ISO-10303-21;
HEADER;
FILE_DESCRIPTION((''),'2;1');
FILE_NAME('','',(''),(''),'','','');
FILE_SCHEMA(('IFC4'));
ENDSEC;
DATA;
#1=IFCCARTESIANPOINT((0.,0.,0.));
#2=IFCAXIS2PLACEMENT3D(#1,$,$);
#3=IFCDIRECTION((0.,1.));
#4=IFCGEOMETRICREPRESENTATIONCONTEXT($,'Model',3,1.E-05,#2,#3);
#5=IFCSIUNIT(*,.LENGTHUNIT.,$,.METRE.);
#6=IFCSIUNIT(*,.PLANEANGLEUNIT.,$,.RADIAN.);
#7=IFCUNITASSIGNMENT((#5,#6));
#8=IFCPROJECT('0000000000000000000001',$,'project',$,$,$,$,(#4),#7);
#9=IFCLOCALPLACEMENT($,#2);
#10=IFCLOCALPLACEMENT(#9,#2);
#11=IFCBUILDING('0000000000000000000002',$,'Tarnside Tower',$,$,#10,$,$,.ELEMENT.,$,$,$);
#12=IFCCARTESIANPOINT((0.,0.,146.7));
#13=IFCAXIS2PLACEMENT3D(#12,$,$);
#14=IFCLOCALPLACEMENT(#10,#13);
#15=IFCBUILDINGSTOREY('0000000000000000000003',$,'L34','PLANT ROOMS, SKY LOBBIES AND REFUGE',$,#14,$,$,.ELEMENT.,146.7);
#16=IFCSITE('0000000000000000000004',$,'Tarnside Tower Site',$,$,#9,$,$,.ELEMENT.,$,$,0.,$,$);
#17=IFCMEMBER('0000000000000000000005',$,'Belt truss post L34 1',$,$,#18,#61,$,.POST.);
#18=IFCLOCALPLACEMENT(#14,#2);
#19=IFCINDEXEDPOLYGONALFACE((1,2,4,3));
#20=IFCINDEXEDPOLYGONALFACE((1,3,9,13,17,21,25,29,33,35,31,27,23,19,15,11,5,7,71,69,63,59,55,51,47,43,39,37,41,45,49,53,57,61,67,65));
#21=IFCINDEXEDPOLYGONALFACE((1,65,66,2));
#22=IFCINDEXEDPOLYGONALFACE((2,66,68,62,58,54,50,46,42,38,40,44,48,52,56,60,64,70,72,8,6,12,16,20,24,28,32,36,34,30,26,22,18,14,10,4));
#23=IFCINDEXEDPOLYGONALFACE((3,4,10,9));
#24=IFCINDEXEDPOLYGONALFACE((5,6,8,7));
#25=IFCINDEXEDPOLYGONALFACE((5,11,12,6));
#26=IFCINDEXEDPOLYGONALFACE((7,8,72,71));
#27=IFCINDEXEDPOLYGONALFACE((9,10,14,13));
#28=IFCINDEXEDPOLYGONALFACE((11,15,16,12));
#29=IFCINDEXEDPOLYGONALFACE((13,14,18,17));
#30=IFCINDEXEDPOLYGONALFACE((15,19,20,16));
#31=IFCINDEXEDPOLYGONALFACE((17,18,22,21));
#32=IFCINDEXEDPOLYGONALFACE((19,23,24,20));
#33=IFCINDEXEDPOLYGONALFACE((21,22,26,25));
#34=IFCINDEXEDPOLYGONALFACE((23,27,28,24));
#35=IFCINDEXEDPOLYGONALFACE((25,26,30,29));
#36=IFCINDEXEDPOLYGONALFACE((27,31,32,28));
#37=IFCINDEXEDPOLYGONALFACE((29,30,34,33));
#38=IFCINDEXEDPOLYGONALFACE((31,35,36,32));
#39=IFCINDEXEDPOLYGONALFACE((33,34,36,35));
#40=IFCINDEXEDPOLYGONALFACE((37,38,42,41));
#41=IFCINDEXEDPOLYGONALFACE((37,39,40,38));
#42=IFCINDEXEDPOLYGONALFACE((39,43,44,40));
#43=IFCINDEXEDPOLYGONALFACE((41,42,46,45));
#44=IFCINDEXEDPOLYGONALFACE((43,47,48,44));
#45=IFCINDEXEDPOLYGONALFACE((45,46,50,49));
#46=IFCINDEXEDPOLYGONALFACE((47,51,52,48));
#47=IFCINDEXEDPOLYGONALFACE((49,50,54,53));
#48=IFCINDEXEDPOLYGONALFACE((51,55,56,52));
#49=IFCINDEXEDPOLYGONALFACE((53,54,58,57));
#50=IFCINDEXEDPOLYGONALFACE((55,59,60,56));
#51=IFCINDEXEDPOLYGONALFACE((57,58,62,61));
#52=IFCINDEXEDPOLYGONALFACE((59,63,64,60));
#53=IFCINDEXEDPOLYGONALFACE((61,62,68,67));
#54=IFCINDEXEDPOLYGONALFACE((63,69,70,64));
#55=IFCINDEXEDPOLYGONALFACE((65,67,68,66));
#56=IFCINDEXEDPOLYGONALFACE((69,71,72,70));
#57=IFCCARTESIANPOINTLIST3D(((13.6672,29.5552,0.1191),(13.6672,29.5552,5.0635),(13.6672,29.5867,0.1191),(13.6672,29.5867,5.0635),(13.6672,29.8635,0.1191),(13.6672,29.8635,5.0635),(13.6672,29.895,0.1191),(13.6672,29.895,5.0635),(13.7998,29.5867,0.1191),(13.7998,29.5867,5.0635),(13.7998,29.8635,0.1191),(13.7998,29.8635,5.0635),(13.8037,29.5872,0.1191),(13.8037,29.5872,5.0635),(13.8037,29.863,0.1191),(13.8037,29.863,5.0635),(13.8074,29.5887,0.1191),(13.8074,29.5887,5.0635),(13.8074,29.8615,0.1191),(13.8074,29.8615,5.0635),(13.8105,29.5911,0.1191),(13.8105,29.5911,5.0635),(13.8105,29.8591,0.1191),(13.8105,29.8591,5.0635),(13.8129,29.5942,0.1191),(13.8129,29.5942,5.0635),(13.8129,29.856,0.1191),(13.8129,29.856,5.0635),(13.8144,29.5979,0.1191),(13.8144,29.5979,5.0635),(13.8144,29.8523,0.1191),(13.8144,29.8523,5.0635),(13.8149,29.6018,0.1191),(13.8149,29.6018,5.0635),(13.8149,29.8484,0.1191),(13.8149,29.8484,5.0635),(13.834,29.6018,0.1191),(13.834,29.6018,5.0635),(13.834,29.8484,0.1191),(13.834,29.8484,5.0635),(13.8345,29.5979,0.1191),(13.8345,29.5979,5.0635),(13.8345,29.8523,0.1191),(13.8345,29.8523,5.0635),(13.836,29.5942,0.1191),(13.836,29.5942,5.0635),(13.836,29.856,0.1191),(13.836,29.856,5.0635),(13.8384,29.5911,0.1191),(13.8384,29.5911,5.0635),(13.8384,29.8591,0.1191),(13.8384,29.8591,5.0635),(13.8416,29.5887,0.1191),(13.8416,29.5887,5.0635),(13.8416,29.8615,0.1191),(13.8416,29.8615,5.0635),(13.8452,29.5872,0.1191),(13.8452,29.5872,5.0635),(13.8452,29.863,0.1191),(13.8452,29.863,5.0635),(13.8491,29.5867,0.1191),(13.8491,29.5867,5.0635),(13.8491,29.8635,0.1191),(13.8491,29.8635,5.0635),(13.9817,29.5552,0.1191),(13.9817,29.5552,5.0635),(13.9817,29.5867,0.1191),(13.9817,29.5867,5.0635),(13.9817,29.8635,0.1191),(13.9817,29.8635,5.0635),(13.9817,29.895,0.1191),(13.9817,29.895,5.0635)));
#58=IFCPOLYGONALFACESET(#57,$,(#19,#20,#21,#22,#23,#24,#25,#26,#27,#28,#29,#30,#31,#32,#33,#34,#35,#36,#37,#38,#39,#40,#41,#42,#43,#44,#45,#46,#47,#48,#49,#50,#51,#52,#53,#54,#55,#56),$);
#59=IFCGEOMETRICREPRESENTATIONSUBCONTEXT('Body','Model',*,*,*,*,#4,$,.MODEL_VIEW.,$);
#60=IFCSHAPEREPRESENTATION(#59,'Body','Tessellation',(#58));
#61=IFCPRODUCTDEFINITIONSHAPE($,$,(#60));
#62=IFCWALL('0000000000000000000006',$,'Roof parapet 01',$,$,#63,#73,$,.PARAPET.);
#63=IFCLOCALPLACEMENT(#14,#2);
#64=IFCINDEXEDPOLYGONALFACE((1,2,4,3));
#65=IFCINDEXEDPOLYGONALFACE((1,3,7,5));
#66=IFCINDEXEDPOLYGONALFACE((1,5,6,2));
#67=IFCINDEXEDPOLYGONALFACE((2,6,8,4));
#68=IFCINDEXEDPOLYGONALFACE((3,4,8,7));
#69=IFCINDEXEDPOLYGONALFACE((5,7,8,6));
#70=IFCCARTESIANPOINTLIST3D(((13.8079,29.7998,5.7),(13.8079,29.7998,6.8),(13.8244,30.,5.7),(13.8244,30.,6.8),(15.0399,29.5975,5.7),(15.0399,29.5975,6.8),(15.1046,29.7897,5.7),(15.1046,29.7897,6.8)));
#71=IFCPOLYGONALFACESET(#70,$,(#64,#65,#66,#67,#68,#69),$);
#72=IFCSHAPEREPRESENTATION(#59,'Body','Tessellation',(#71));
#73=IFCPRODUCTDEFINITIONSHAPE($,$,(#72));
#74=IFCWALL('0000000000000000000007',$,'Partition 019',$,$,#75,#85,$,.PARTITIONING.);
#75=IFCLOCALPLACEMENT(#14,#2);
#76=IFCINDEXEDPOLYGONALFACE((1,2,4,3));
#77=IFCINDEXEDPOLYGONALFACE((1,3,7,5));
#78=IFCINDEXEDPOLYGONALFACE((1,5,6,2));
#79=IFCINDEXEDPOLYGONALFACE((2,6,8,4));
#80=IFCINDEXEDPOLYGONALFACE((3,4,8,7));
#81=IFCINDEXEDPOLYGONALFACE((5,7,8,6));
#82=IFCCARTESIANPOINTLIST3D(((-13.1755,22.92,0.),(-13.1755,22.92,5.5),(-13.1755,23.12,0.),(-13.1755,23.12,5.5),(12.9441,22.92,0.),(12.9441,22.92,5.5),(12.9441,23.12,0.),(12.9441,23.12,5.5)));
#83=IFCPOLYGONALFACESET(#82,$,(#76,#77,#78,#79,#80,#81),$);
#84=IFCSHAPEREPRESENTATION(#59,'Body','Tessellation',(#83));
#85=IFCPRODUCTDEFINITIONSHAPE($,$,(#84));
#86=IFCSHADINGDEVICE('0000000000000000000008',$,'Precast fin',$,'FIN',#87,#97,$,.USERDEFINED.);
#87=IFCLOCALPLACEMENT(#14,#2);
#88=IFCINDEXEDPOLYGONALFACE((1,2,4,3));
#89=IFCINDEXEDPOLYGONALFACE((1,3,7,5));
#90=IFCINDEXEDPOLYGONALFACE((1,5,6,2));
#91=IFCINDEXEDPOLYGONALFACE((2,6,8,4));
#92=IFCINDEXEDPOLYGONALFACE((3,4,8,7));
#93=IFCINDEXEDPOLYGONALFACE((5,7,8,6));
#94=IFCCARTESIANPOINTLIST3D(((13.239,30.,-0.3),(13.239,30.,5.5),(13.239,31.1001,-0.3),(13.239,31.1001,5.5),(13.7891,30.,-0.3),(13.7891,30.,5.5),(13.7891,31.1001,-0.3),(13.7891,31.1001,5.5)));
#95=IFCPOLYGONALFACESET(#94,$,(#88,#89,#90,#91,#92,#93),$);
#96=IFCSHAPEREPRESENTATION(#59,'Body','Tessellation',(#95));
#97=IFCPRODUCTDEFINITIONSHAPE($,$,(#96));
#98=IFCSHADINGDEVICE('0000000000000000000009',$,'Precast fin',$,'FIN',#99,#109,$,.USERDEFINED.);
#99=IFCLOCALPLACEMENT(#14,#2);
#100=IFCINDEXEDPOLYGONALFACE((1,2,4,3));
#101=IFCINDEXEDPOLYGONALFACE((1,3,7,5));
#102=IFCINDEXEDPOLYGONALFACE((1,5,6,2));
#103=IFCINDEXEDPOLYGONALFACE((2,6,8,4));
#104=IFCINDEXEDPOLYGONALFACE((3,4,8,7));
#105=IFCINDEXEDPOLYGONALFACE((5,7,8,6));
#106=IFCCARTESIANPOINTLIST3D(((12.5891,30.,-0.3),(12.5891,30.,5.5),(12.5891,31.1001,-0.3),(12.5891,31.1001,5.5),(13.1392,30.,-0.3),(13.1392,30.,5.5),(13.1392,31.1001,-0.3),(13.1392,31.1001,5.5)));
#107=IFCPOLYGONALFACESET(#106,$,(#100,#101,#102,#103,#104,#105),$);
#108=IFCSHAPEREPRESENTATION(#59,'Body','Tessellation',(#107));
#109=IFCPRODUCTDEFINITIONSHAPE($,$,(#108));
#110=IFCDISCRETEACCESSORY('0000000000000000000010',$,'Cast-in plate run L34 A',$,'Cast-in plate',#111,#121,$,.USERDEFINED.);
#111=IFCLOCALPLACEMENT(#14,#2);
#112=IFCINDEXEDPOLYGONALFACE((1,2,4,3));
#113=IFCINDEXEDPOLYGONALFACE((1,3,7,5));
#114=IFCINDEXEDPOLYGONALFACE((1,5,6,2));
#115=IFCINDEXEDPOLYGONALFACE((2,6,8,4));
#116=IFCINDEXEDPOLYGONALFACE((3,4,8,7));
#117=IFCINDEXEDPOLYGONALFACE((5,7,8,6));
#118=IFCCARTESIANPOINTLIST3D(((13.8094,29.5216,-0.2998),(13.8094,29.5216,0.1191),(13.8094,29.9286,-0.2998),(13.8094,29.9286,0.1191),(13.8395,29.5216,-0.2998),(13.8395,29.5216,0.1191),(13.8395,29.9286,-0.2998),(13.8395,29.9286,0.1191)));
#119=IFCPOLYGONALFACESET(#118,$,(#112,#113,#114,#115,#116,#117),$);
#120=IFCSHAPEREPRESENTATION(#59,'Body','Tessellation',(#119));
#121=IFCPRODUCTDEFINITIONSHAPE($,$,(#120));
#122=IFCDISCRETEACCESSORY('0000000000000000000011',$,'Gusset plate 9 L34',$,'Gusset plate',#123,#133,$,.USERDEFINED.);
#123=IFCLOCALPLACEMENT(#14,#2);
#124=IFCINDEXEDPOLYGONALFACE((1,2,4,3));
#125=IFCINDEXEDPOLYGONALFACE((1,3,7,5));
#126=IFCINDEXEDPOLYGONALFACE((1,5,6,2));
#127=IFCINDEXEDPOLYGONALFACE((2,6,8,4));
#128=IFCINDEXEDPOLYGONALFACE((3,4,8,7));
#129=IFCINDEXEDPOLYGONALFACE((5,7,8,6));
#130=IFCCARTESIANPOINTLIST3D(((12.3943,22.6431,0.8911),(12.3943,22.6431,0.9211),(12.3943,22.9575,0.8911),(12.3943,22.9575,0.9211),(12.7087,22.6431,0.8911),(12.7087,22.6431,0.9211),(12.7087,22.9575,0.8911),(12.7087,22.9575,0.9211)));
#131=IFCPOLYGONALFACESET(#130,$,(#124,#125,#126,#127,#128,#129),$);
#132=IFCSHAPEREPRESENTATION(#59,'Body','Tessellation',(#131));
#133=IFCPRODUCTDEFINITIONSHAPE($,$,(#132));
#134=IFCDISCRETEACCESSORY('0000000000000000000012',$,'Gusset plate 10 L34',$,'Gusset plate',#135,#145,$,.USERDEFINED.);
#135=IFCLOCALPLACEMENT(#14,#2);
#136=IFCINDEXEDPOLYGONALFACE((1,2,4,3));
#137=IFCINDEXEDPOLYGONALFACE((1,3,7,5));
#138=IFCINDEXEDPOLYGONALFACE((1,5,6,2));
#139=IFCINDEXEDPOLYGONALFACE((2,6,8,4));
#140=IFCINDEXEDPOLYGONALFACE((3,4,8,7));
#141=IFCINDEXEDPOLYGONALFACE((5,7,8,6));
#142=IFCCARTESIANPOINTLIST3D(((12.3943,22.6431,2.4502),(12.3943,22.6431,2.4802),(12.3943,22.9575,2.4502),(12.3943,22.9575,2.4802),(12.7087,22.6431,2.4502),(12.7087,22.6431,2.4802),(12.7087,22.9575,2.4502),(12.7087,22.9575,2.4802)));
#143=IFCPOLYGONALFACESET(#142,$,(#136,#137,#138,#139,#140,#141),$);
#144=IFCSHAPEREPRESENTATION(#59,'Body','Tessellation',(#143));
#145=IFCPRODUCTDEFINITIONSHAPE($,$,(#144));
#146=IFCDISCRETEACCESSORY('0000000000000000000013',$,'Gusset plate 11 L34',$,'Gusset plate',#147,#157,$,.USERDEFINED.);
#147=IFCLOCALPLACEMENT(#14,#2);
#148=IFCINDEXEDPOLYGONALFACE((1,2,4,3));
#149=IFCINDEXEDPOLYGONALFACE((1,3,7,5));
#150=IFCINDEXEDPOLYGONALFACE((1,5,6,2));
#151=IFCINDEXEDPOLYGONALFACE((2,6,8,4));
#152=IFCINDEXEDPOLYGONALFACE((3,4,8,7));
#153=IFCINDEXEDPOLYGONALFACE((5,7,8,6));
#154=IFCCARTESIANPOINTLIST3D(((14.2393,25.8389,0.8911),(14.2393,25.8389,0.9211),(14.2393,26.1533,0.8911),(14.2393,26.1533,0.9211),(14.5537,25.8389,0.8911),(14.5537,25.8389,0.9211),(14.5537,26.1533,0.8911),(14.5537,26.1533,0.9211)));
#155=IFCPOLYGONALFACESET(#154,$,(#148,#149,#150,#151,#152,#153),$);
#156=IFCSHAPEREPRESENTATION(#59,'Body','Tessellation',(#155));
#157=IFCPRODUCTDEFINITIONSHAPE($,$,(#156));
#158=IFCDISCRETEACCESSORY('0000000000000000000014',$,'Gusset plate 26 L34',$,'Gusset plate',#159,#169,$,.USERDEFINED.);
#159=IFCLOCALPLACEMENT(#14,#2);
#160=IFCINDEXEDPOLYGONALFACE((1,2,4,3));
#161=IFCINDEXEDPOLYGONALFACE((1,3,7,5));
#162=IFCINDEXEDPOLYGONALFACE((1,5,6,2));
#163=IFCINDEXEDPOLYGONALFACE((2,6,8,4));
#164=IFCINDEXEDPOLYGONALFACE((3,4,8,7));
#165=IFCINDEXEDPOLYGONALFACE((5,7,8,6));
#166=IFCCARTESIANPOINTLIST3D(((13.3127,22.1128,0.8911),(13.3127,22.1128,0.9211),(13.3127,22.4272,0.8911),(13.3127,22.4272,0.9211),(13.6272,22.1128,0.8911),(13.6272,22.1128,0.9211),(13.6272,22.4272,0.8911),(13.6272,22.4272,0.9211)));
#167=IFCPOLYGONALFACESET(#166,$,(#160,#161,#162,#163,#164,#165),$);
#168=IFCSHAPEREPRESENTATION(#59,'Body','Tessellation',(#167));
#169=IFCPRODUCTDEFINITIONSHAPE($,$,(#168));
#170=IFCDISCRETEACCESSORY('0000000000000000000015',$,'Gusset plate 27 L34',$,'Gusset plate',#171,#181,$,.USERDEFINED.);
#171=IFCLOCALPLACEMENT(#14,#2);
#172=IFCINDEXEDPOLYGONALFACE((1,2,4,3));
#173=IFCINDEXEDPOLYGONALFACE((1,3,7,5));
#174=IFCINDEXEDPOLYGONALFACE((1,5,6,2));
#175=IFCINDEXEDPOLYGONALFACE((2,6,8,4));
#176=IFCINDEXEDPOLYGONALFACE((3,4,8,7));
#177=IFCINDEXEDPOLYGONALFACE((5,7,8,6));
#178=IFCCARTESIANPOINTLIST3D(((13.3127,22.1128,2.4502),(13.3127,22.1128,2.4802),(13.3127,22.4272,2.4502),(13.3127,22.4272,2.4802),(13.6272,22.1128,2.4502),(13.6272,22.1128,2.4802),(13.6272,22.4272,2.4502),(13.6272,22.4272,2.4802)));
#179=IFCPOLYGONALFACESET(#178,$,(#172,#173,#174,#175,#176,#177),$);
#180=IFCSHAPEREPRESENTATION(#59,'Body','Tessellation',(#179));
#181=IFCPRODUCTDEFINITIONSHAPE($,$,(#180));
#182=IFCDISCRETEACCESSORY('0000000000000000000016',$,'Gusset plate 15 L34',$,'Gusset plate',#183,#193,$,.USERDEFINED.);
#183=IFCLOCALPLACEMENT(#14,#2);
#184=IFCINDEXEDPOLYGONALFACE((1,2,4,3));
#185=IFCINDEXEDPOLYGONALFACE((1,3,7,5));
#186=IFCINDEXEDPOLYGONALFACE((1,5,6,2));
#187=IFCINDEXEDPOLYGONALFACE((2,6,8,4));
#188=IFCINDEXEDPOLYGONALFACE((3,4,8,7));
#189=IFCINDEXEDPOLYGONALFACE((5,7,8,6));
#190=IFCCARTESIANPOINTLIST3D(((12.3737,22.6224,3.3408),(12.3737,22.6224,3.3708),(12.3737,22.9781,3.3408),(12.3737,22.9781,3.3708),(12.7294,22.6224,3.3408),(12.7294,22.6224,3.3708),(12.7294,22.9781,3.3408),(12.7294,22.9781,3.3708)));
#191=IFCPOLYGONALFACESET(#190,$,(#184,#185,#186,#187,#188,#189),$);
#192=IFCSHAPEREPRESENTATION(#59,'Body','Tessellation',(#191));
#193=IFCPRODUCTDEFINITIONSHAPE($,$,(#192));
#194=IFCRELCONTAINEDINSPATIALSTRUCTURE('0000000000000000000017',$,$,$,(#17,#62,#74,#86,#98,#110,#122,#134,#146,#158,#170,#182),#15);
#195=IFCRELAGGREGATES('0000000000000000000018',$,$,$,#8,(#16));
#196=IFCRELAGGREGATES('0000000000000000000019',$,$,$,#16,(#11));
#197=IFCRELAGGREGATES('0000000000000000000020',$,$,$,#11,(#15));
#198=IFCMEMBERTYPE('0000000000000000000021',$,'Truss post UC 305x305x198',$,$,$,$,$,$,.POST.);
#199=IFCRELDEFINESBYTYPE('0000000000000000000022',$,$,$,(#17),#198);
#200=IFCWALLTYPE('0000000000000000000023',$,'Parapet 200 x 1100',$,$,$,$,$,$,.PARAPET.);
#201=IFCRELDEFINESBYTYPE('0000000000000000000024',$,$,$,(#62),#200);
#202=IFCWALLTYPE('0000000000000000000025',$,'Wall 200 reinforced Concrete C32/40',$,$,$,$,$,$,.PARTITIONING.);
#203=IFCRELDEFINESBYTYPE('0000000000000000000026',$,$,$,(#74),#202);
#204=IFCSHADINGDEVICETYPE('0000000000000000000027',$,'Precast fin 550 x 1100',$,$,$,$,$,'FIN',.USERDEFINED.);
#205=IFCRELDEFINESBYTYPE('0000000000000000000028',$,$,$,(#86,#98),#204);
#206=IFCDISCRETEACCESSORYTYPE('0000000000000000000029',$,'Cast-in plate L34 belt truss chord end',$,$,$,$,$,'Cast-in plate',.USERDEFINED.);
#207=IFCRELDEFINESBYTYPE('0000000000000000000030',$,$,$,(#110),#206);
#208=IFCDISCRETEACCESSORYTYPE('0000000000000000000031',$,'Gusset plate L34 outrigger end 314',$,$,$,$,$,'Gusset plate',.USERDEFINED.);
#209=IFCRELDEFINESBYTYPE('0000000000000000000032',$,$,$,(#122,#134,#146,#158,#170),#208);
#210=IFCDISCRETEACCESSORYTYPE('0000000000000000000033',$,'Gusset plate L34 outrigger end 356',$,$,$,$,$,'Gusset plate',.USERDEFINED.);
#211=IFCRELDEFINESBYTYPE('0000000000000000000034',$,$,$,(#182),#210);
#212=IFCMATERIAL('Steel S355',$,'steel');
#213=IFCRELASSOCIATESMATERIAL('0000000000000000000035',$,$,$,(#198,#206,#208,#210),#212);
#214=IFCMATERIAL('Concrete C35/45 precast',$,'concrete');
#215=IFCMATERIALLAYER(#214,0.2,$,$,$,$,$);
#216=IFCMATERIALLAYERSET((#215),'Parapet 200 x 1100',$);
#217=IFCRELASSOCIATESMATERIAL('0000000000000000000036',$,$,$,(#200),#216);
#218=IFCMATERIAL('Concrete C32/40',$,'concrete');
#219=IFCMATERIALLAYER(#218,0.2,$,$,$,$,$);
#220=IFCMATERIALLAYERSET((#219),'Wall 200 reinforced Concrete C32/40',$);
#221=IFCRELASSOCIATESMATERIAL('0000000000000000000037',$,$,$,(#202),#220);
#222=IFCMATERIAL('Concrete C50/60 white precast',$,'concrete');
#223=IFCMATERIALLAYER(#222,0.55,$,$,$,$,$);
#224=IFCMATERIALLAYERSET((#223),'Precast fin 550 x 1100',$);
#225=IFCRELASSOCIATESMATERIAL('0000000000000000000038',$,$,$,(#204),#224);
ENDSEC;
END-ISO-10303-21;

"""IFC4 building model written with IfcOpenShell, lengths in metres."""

from ifc_helpers import new_model, si_unit, direction, frame, frame_2d, origin, origin_2d, place, context, subcontext, project, spatial, polyline, rectangle, i_section, outline, extrude, material, layer, layer_set, material_profile, profile_set, type_object, element, save


model = new_model("IFC4")

# Units and contexts
model_context = context("Model", 3, precision=1e-05, world=origin(), true_north=direction((0.0, 1.0)))
body_context = subcontext(model_context, "Body", "Model", "MODEL_VIEW")
ifc_project = project(units=[si_unit("LENGTHUNIT", "METRE"), si_unit("PLANEANGLEUNIT", "RADIAN")], contexts=[model_context])

# Site, building, storey
site_placement = place(None, origin())
site = spatial("IfcSite", under=ifc_project, at=site_placement, Name="Tarnside Tower Site", CompositionType="ELEMENT", RefElevation=0.0)
building_placement = place(site_placement, origin())
building = spatial("IfcBuilding", under=site, at=building_placement, Name="Tarnside Tower", CompositionType="ELEMENT")
storey_placement = place(building_placement, frame((0.0, 0.0, 146.7)))
storey = spatial("IfcBuildingStorey", under=building, at=storey_placement, Name="L34", Description="PLANT ROOMS, SKY LOBBIES AND REFUGE", CompositionType="ELEMENT", Elevation=146.7)

# Shared definitions
ifc_material_1 = material(Name="Steel S355", Category="steel")

# Member
ifc_material_profile_1 = material_profile(ifc_material_1, i_section(OverallWidth=0.3145, OverallDepth=0.3398, WebThickness=0.019, FlangeThickness=0.0315, FilletRadius=0.0151, at=origin_2d()), Name="UC 305x305x198")
ifc_profile_set_1 = profile_set([ifc_material_profile_1], Name="Steel S355")
member_type_1 = type_object("IfcMemberType", Name="Truss post UC 305x305x198", PredefinedType="POST", material=ifc_profile_set_1)
member_1_placement = place(storey_placement, frame((13.8245, 29.7251, 0.1191), z_axis=(0.0, 0.0, 1.0), x_axis=(-1.0, 0.0, 0.0)))
element("IfcMember", 1, at=member_1_placement, inside=storey, type_object=member_type_1, Name="Belt truss post L34 1", PredefinedType="POST", context=body_context, shape_type="SweptSolid", body=[
    extrude(i_section(OverallWidth=0.3145, OverallDepth=0.3398, WebThickness=0.019, FlangeThickness=0.0315, FilletRadius=0.0151, at=origin_2d()), origin(), (0.0, 0.0, 1.0), 4.9443),
])

# Walls
ifc_material_2 = material(Name="Concrete C35/45 precast", Category="concrete")
ifc_layer_1 = layer(ifc_material_2, 0.2)
ifc_layer_set_1 = layer_set([ifc_layer_1], Name="Parapet 200 x 1100")
wall_type_1 = type_object("IfcWallType", Name="Parapet 200 x 1100", PredefinedType="PARAPET", material=ifc_layer_set_1)
wall_1_placement = place(storey_placement, frame((13.8162, 29.8999, 5.7), z_axis=(0.0, 0.0, 1.0), x_axis=(0.98678, -0.162066, 0.0)))
element("IfcWall", 2, at=wall_1_placement, inside=storey, type_object=wall_type_1, Name="Roof parapet 01", PredefinedType="PARAPET", context=body_context, shape_type="SweptSolid", body=[
    extrude(outline(polyline([(0.0081, -0.1001), (1.2566, -0.1001), (1.2893, 0.1001), (-0.0081, 0.1001), (0.0081, -0.1001)])), origin(), (0.0, 0.0, 1.0), 1.1001),
])
ifc_material_3 = material(Name="Concrete C32/40", Category="concrete")
ifc_layer_2 = layer(ifc_material_3, 0.2)
ifc_layer_set_2 = layer_set([ifc_layer_2], Name="Wall 200 reinforced Concrete C32/40")
wall_type_2 = type_object("IfcWallType", Name="Wall 200 reinforced Concrete C32/40", PredefinedType="PARTITIONING", material=ifc_layer_set_2)
wall_2_placement = place(storey_placement, frame((12.9441, 23.02, 0.0), z_axis=(0.0, 0.0, 1.0), x_axis=(-1.0, 0.0, 0.0)))
element("IfcWall", 3, at=wall_2_placement, inside=storey, type_object=wall_type_2, Name="Partition 019", PredefinedType="PARTITIONING", context=body_context, shape_type="SweptSolid", body=[
    extrude(rectangle(XDim=26.1196, YDim=0.2, at=frame_2d((13.0598, 0.0))), origin(), (0.0, 0.0, 1.0), 5.5),
])

# Shading devices
ifc_material_4 = material(Name="Concrete C50/60 white precast", Category="concrete")
ifc_layer_3 = layer(ifc_material_4, 0.55)
ifc_layer_set_3 = layer_set([ifc_layer_3], Name="Precast fin 550 x 1100")
shading_device_type = type_object("IfcShadingDeviceType", Name="Precast fin 550 x 1100", ElementType="FIN", PredefinedType="USERDEFINED", material=ifc_layer_set_3)
for number, where, z_axis, x_axis, name in (
    (4, (13.5139, 30.0, -0.3), (1.0, 0.0, 0.0), (0.0, 1.0, 0.0), "Precast fin"),
    (5, (12.864, 30.0, -0.3), (1.0, 0.0, 0.0), (0.0, 1.0, 0.0), "Precast fin"),
):
    element("IfcShadingDevice", number, at=place(storey_placement, frame(where, z_axis=z_axis, x_axis=x_axis)), inside=storey, type_object=shading_device_type, Name=name, ObjectType="FIN", PredefinedType="USERDEFINED", context=body_context, shape_type="SweptSolid", body=[
        extrude(outline(polyline([(0.0, 0.0), (1.1001, 0.0), (1.1001, 5.8), (0.0, 5.8), (0.0, 0.0)])), frame((0.0, 0.0, -0.2749)), (0.0, 0.0, 1.0), 0.55),
    ])

# Discrete accessories
discrete_accessory_type_1 = type_object("IfcDiscreteAccessoryType", Name="Cast-in plate L34 belt truss chord end", ElementType="Cast-in plate", PredefinedType="USERDEFINED", material=ifc_material_1)
discrete_accessory_placement = place(storey_placement, frame((13.8245, 29.7251, -0.2998), z_axis=(0.0, 0.0, 1.0), x_axis=(-1.0, 0.0, 0.0)))
element("IfcDiscreteAccessory", 6, at=discrete_accessory_placement, inside=storey, type_object=discrete_accessory_type_1, Name="Cast-in plate run L34 A", ObjectType="Cast-in plate", PredefinedType="USERDEFINED", context=body_context, shape_type="SweptSolid", body=[
    extrude(rectangle(XDim=0.03, YDim=0.407, at=origin_2d()), origin(), (0.0, 0.0, 1.0), 0.4189),
])
discrete_accessory_type_2 = type_object("IfcDiscreteAccessoryType", Name="Gusset plate L34 outrigger end 314", ElementType="Gusset plate", PredefinedType="USERDEFINED", material=ifc_material_1)
for number, where, z_axis, x_axis, name in (
    (7, (12.5515, 22.8003, 0.8911), (0.0, 0.0, 1.0), (1.0, 0.0, 0.0), "Gusset plate 9 L34"),
    (8, (12.5515, 22.8003, 2.4502), (0.0, 0.0, 1.0), (1.0, 0.0, 0.0), "Gusset plate 10 L34"),
    (9, (14.3965, 25.9961, 0.8911), (0.0, 0.0, 1.0), (1.0, 0.0, 0.0), "Gusset plate 11 L34"),
    (10, (13.47, 22.27, 0.8911), (0.0, 0.0, 1.0), (1.0, 0.0, 0.0), "Gusset plate 26 L34"),
    (11, (13.47, 22.27, 2.4502), (0.0, 0.0, 1.0), (1.0, 0.0, 0.0), "Gusset plate 27 L34"),
):
    element("IfcDiscreteAccessory", number, at=place(storey_placement, frame(where, z_axis=z_axis, x_axis=x_axis)), inside=storey, type_object=discrete_accessory_type_2, Name=name, ObjectType="Gusset plate", PredefinedType="USERDEFINED", context=body_context, shape_type="SweptSolid", body=[
        extrude(rectangle(XDim=0.3145, YDim=0.3145, at=origin_2d()), origin(), (0.0, 0.0, 1.0), 0.03),
    ])
discrete_accessory_type_3 = type_object("IfcDiscreteAccessoryType", Name="Gusset plate L34 outrigger end 356", ElementType="Gusset plate", PredefinedType="USERDEFINED", material=ifc_material_1)
for number, where, z_axis, x_axis, name in (
    (12, (12.5515, 22.8003, 3.3408), (0.0, 0.0, 1.0), (1.0, 0.0, 0.0), "Gusset plate 15 L34"),
):
    element("IfcDiscreteAccessory", number, at=place(storey_placement, frame(where, z_axis=z_axis, x_axis=x_axis)), inside=storey, type_object=discrete_accessory_type_3, Name=name, ObjectType="Gusset plate", PredefinedType="USERDEFINED", context=body_context, shape_type="SweptSolid", body=[
        extrude(rectangle(XDim=0.3557, YDim=0.3557, at=origin_2d()), origin(), (0.0, 0.0, 1.0), 0.03),
    ])

save(model, "model.ifc")
